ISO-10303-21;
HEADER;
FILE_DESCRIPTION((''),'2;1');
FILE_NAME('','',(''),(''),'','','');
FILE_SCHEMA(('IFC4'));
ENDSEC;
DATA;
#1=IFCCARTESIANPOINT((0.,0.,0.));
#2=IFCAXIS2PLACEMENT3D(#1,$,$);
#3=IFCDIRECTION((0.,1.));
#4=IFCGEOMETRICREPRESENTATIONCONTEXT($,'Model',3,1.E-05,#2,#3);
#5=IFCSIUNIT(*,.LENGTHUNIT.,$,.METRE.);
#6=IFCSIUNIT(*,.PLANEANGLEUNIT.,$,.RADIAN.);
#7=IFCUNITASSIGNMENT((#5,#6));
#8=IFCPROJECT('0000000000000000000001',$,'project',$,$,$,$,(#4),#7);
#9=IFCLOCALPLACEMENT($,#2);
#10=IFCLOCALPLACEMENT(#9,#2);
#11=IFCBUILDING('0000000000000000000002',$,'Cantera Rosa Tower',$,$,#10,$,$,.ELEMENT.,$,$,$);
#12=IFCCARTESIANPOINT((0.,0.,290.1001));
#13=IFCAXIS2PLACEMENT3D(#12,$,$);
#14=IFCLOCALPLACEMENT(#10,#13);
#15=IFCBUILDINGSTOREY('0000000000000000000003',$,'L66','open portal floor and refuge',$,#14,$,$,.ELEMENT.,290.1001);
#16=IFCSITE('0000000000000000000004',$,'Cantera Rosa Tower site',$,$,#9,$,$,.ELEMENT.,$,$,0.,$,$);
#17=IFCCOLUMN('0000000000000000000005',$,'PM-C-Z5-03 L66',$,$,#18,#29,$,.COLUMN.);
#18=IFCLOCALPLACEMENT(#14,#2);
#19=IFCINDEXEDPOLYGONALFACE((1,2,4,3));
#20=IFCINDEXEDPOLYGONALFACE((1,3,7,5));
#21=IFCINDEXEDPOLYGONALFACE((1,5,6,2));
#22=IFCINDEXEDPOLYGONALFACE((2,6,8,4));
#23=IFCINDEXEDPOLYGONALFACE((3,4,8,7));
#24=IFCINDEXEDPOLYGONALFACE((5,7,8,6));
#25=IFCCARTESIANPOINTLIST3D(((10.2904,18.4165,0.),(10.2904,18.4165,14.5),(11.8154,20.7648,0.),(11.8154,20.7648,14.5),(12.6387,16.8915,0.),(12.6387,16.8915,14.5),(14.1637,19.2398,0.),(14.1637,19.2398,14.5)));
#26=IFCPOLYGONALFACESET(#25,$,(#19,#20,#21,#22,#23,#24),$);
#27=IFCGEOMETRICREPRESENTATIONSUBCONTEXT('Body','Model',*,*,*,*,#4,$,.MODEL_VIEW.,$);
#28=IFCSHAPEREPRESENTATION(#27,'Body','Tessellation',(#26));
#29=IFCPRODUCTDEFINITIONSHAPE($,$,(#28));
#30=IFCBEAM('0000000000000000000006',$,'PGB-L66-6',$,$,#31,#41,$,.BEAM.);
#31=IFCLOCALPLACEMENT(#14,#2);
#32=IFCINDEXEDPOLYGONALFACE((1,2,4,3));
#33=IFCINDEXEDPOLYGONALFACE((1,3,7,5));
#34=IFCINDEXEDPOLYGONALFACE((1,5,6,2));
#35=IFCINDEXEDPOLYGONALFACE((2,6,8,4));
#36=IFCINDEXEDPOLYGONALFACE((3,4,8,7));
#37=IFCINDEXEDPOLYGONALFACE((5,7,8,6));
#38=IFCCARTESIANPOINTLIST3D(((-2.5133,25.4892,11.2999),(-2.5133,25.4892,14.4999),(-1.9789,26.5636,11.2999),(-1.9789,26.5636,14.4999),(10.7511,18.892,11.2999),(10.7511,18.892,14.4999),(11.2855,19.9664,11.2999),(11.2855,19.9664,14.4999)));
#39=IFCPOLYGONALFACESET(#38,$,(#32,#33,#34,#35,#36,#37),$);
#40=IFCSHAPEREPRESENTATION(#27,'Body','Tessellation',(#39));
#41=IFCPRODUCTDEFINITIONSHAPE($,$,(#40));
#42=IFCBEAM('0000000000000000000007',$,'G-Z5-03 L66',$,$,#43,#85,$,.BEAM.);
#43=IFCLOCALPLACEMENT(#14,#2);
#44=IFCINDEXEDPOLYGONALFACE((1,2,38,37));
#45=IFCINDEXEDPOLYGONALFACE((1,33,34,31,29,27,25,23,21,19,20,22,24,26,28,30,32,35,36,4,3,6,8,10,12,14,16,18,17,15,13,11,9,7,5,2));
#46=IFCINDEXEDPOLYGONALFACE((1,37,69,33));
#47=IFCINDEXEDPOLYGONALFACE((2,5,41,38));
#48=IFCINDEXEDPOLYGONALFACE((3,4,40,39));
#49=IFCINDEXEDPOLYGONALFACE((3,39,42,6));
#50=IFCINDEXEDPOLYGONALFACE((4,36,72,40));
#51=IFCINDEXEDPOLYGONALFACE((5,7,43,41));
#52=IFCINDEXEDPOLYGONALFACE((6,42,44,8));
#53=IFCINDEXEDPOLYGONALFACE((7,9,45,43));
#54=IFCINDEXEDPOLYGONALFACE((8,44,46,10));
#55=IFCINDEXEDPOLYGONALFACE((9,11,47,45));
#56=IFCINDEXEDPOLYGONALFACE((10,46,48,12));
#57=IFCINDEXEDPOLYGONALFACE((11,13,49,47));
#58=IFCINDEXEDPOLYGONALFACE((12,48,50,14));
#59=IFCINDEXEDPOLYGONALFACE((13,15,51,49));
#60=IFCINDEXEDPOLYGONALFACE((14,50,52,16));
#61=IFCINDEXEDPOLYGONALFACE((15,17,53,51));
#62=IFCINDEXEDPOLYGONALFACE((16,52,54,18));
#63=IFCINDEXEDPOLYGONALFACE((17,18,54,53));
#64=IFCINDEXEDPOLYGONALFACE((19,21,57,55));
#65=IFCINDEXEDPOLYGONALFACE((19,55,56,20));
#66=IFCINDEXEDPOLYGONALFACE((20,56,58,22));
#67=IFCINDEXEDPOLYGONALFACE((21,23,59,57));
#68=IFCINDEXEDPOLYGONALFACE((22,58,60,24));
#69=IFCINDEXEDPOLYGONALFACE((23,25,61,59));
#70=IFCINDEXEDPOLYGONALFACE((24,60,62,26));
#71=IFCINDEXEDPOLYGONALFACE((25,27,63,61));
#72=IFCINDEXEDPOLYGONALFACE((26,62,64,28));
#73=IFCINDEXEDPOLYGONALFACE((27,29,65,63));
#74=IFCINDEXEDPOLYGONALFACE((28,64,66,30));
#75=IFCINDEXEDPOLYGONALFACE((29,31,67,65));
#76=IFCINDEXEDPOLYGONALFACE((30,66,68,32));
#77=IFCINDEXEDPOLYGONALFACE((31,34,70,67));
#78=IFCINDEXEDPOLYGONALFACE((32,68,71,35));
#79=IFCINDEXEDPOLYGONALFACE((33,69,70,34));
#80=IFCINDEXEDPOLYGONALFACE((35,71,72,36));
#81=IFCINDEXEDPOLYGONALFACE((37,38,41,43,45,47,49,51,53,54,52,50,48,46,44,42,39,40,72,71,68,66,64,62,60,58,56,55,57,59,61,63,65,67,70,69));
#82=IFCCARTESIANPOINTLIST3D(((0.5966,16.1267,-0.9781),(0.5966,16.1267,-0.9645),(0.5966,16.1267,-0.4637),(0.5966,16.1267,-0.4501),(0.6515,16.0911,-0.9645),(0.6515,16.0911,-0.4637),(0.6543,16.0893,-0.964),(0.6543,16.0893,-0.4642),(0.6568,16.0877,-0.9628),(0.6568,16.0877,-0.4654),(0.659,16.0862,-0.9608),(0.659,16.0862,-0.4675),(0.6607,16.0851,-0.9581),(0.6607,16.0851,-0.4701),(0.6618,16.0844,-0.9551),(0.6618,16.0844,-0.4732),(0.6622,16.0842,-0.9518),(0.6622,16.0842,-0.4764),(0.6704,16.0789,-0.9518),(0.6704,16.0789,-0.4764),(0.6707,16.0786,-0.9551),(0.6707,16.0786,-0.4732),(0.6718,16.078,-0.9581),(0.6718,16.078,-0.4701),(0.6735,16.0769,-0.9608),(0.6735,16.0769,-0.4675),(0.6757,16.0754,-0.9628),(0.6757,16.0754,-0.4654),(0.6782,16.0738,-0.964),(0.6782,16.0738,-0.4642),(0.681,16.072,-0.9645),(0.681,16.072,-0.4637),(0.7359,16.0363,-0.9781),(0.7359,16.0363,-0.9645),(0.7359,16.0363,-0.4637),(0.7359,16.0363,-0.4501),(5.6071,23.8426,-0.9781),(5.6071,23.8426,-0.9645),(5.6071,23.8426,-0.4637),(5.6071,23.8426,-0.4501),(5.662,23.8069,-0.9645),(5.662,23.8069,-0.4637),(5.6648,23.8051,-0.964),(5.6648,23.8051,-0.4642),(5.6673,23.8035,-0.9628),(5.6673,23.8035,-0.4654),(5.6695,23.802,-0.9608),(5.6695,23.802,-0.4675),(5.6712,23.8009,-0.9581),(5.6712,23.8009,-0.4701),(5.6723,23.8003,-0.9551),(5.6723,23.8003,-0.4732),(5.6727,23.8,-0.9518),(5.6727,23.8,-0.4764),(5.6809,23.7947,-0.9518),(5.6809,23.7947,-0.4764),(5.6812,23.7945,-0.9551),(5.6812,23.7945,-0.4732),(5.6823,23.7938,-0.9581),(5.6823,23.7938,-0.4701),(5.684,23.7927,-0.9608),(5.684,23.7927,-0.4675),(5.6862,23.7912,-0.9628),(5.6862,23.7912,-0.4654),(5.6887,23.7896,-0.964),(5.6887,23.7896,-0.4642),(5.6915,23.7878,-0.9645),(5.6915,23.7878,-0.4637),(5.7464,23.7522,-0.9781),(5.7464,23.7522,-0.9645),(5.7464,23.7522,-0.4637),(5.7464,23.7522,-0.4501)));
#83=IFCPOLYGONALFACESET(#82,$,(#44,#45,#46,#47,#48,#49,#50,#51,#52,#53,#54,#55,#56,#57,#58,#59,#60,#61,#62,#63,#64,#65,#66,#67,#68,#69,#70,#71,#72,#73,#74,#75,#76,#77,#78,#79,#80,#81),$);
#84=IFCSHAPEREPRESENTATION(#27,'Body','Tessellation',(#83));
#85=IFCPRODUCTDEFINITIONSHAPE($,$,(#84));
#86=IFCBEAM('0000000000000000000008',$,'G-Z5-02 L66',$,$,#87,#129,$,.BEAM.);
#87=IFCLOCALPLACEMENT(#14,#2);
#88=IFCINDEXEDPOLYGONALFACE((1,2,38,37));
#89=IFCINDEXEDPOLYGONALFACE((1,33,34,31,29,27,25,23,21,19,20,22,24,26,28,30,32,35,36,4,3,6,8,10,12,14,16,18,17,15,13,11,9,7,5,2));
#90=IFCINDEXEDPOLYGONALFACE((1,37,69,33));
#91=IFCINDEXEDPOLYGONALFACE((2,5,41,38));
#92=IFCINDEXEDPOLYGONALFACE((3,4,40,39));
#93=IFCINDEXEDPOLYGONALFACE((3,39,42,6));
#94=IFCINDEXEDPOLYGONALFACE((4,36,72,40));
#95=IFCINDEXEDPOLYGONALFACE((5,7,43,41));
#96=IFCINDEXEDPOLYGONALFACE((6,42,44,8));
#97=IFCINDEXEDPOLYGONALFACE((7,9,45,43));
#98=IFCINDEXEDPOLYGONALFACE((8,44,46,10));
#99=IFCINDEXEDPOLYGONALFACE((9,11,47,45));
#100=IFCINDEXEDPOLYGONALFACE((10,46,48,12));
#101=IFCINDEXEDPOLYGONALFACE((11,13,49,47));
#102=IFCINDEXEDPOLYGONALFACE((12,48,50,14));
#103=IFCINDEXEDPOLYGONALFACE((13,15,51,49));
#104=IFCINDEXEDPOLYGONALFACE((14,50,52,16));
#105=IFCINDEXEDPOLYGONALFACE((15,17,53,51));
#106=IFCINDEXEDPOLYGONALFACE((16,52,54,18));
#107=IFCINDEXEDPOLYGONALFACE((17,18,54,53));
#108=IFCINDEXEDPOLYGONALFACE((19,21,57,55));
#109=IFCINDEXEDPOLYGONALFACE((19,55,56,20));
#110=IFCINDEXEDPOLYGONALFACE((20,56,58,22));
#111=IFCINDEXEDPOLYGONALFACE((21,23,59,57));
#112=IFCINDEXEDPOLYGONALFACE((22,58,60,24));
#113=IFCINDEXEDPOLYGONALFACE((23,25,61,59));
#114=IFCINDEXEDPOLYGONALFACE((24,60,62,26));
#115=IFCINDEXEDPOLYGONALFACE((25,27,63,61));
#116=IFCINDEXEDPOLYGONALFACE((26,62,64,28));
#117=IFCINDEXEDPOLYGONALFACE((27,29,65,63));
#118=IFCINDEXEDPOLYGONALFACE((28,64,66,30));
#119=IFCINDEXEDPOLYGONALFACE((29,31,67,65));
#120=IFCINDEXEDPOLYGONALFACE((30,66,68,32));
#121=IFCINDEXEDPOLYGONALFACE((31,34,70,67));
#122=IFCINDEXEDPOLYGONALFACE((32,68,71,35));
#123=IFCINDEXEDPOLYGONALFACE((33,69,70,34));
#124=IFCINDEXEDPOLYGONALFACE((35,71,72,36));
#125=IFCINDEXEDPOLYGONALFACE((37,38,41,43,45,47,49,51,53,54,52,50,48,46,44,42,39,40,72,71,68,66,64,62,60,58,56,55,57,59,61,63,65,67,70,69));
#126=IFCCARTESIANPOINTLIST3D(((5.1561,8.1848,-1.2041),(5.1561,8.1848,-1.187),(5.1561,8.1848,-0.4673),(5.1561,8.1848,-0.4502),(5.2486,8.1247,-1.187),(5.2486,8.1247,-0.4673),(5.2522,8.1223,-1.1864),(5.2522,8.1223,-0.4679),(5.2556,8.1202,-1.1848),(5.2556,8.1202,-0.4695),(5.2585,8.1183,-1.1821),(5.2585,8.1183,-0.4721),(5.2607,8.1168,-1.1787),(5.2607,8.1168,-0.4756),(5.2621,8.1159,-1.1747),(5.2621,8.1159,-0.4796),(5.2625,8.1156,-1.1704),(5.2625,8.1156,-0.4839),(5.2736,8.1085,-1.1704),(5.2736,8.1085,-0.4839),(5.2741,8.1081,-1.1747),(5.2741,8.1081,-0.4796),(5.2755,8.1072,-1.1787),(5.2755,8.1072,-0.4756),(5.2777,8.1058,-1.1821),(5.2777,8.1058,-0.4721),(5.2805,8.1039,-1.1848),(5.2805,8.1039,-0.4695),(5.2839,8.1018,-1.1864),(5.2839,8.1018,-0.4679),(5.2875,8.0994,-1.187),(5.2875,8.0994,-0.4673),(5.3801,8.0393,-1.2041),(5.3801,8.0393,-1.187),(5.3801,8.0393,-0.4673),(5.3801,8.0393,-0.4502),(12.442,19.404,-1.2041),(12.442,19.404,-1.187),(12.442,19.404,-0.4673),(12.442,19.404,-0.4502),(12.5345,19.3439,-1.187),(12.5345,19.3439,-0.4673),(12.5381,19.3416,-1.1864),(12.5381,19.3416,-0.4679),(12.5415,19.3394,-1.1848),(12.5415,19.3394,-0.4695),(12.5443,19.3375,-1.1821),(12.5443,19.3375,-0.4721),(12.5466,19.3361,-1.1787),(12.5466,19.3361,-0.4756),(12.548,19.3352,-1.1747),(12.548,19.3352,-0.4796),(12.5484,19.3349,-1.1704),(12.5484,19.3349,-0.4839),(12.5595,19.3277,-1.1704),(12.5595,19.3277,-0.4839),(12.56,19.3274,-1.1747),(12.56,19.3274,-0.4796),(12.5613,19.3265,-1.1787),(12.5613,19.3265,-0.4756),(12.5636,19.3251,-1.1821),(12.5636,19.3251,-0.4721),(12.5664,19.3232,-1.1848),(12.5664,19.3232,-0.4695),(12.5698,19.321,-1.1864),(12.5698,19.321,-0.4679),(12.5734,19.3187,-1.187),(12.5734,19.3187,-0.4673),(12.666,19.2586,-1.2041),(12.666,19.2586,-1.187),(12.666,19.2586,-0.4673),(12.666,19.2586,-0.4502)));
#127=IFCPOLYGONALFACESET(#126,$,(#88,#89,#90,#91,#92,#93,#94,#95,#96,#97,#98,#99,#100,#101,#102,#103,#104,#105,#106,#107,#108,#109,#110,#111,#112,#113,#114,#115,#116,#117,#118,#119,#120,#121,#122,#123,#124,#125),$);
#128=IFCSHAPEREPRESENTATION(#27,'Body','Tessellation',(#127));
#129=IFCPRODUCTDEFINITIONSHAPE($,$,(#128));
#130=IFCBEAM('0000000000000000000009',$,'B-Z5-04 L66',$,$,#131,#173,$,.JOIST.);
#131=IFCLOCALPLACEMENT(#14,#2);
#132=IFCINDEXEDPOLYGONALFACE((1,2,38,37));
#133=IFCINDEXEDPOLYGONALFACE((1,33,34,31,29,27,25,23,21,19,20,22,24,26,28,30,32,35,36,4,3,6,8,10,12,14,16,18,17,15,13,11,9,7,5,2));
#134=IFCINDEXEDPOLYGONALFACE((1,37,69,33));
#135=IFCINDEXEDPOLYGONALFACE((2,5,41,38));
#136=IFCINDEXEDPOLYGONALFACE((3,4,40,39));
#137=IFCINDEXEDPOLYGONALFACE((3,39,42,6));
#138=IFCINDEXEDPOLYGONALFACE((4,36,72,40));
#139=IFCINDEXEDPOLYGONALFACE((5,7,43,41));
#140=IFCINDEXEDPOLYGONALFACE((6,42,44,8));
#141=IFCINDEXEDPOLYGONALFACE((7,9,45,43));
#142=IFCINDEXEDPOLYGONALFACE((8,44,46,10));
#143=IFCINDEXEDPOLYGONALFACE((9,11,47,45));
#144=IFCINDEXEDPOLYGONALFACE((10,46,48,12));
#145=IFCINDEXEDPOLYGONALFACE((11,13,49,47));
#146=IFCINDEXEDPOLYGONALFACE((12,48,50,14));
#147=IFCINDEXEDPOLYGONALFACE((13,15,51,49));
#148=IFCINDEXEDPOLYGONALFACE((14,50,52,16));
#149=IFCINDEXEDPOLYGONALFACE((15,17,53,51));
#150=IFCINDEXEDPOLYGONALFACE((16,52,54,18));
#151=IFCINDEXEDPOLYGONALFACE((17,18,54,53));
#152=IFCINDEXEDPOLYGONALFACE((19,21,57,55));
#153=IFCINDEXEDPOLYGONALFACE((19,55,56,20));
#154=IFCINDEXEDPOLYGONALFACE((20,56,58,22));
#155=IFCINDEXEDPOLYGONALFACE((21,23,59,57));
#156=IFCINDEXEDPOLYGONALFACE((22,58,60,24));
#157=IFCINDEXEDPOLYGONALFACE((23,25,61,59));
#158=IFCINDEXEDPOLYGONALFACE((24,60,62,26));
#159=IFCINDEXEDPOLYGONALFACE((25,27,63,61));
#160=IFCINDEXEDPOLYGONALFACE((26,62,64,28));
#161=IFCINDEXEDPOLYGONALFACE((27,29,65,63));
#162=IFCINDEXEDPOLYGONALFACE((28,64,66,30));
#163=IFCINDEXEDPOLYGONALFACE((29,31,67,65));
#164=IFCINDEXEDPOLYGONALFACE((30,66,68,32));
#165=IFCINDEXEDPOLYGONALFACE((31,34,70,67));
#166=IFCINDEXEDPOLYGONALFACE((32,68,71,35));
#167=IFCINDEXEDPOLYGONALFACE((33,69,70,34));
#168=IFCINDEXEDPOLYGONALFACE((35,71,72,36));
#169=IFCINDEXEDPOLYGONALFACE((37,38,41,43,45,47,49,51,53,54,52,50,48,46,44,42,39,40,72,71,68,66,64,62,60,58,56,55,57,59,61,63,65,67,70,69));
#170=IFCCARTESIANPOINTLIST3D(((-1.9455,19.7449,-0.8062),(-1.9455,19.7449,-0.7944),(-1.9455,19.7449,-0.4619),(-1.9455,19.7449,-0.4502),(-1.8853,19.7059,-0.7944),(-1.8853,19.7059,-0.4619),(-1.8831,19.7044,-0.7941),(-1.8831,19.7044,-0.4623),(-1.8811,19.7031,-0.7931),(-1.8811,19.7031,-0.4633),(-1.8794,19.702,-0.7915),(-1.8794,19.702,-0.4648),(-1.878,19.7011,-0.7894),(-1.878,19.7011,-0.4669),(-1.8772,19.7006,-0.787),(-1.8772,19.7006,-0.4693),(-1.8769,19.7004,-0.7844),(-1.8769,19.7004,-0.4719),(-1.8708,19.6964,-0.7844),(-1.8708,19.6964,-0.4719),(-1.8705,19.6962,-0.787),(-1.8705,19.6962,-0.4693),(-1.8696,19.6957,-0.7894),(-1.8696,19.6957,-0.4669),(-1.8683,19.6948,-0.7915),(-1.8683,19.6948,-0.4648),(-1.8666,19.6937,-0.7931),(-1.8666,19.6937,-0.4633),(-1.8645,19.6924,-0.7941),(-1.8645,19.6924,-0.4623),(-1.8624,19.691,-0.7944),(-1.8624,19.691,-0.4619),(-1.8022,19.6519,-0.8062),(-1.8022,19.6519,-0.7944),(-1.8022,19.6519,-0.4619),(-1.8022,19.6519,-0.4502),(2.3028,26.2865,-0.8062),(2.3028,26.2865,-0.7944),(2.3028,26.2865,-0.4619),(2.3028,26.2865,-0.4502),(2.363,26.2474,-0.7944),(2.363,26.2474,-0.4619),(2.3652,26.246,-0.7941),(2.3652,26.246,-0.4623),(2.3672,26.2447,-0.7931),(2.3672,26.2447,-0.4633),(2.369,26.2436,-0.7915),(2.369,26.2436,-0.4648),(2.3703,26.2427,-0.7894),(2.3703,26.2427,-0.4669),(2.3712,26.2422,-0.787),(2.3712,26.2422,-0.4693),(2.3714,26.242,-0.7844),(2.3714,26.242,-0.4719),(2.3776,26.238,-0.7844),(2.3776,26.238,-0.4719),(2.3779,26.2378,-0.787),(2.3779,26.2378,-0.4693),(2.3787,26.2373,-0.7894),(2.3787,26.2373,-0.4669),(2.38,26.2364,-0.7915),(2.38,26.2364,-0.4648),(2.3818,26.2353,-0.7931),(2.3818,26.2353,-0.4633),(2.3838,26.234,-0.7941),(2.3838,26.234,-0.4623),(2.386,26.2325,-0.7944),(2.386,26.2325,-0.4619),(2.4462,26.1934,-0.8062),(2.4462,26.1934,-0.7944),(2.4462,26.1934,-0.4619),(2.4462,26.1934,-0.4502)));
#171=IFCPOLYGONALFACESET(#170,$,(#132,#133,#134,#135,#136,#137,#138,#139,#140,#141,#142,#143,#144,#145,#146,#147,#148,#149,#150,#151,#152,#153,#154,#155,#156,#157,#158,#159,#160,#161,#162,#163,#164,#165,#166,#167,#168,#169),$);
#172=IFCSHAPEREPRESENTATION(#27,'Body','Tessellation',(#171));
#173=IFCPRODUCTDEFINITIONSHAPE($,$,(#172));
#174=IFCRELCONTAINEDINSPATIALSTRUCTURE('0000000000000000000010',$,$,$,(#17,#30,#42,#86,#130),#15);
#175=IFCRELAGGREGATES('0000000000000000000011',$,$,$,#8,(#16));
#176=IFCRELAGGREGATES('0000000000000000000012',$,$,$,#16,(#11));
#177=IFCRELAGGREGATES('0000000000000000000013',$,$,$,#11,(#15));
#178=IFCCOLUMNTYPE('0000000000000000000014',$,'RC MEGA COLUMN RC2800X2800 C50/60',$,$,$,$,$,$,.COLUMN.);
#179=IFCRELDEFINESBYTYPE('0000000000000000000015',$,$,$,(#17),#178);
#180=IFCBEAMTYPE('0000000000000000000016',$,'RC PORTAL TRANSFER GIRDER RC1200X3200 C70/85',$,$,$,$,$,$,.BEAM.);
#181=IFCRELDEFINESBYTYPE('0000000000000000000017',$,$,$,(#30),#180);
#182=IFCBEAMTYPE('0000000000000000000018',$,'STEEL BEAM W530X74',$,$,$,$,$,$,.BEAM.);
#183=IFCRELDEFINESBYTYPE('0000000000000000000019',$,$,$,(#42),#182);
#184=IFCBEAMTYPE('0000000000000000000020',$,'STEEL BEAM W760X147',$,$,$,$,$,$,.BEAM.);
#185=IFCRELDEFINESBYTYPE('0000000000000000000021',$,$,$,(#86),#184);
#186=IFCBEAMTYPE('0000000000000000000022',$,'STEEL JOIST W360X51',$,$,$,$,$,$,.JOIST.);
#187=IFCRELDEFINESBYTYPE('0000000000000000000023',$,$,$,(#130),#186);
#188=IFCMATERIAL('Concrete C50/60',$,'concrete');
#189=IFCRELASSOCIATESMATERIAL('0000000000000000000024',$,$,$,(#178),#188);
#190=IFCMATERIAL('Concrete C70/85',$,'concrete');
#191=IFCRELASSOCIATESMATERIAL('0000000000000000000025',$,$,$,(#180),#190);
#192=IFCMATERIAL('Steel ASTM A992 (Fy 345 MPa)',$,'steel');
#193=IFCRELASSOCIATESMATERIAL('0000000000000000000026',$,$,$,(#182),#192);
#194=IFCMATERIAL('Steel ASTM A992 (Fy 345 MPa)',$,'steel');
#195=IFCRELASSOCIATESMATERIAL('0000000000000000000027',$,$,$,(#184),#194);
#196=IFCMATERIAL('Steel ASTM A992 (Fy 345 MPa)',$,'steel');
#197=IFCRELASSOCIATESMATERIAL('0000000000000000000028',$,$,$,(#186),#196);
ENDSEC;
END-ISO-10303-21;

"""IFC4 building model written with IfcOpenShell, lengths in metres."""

from ifc_helpers import new_model, si_unit, direction, frame, origin, origin_2d, place, context, subcontext, project, spatial, rectangle, i_section, extrude, material, material_profile, profile_set, type_object, element, save


model = new_model("IFC4")

# Units and contexts
model_context = context("Model", 3, precision=1e-05, world=origin(), true_north=direction((0.0, 1.0)))
body_context = subcontext(model_context, "Body", "Model", "MODEL_VIEW")
ifc_project = project(units=[si_unit("LENGTHUNIT", "METRE"), si_unit("PLANEANGLEUNIT", "RADIAN")], contexts=[model_context])

# Site, building, storey
site_placement = place(None, origin())
site = spatial("IfcSite", under=ifc_project, at=site_placement, Name="Cantera Rosa Tower site", CompositionType="ELEMENT", RefElevation=0.0)
building_placement = place(site_placement, origin())
building = spatial("IfcBuilding", under=site, at=building_placement, Name="Cantera Rosa Tower", CompositionType="ELEMENT")
storey_placement = place(building_placement, frame((0.0, 0.0, 290.1001)))
storey = spatial("IfcBuildingStorey", under=building, at=storey_placement, Name="L66", Description="open portal floor and refuge", CompositionType="ELEMENT", Elevation=290.1001)

# Column
ifc_material_1 = material(Name="Concrete C50/60", Category="concrete")
ifc_material_profile_1 = material_profile(ifc_material_1, rectangle(XDim=2.8, YDim=2.8, at=origin_2d()), Name="RC MEGA COLUMN RC2800X2800 C50/60")
ifc_profile_set_1 = profile_set([ifc_material_profile_1], Name="Concrete C50/60")
column_type = type_object("IfcColumnType", Name="RC MEGA COLUMN RC2800X2800 C50/60", PredefinedType="COLUMN", material=ifc_profile_set_1)
column_placement = place(storey_placement, frame((12.2271, 18.8281, 0.0), z_axis=(0.0, 0.0, 1.0), x_axis=(0.544639, 0.838671, 0.0)))
element("IfcColumn", 1, at=column_placement, inside=storey, type_object=column_type, Name="PM-C-Z5-03 L66", PredefinedType="COLUMN", context=body_context, shape_type="SweptSolid", body=[
    extrude(rectangle(XDim=2.8, YDim=2.8, at=origin_2d()), origin(), (0.0, 0.0, 1.0), 14.5),
])

# Beams
ifc_material_2 = material(Name="Concrete C70/85", Category="concrete")
ifc_material_profile_2 = material_profile(ifc_material_2, rectangle(XDim=1.2, YDim=3.2, at=origin_2d()), Name="RC PORTAL TRANSFER GIRDER RC1200X3200 C70/85")
ifc_profile_set_2 = profile_set([ifc_material_profile_2], Name="Concrete C70/85")
beam_type_1 = type_object("IfcBeamType", Name="RC PORTAL TRANSFER GIRDER RC1200X3200 C70/85", PredefinedType="BEAM", material=ifc_profile_set_2)
beam_1_placement = place(storey_placement, frame((11.0183, 19.4292, 12.8999), z_axis=(-0.895371, 0.445321, 0.0), x_axis=(-0.445321, -0.895371, 0.0)))
element("IfcBeam", 2, at=beam_1_placement, inside=storey, type_object=beam_type_1, Name="PGB-L66-6", PredefinedType="BEAM", context=body_context, shape_type="SweptSolid", body=[
    extrude(rectangle(XDim=1.2, YDim=3.2, at=origin_2d()), origin(), (0.0, 0.0, 1.0), 14.8145),
])
ifc_material_3 = material(Name="Steel ASTM A992 (Fy 345 MPa)", Category="steel")
ifc_material_profile_3 = material_profile(ifc_material_3, i_section(OverallWidth=0.166, OverallDepth=0.5281, WebThickness=0.0098, FlangeThickness=0.0137, FilletRadius=0.0127, at=origin_2d()), Name="W530X74")
ifc_profile_set_3 = profile_set([ifc_material_profile_3], Name="Steel ASTM A992 (Fy 345 MPa)")
beam_type_2 = type_object("IfcBeamType", Name="STEEL BEAM W530X74", PredefinedType="BEAM", material=ifc_profile_set_3)
beam_2_placement = place(storey_placement, frame((5.6768, 23.7974, -0.7141), z_axis=(-0.544623, -0.838681, 0.0), x_axis=(0.838681, -0.544623, 0.0)))
element("IfcBeam", 3, at=beam_2_placement, inside=storey, type_object=beam_type_2, Name="G-Z5-03 L66", PredefinedType="BEAM", context=body_context, shape_type="SweptSolid", body=[
    extrude(i_section(OverallWidth=0.166, OverallDepth=0.5281, WebThickness=0.0098, FlangeThickness=0.0137, FilletRadius=0.0127, at=origin_2d()), origin(), (0.0, 0.0, 1.0), 9.2),
])
ifc_material_4 = material(Name="Steel ASTM A992 (Fy 345 MPa)", Category="steel")
ifc_material_profile_4 = material_profile(ifc_material_4, i_section(OverallWidth=0.2671, OverallDepth=0.7539, WebThickness=0.0132, FlangeThickness=0.0171, FilletRadius=0.0166, at=origin_2d()), Name="W760X147")
ifc_profile_set_4 = profile_set([ifc_material_profile_4], Name="Steel ASTM A992 (Fy 345 MPa)")
beam_type_3 = type_object("IfcBeamType", Name="STEEL BEAM W760X147", PredefinedType="BEAM", material=ifc_profile_set_4)
beam_3_placement = place(storey_placement, frame((12.554, 19.3313, -0.8271), z_axis=(-0.544641, -0.83867, 0.0), x_axis=(0.83867, -0.544641, 0.0)))
element("IfcBeam", 4, at=beam_3_placement, inside=storey, type_object=beam_type_3, Name="G-Z5-02 L66", PredefinedType="BEAM", context=body_context, shape_type="SweptSolid", body=[
    extrude(i_section(OverallWidth=0.2671, OverallDepth=0.7539, WebThickness=0.0132, FlangeThickness=0.0171, FilletRadius=0.0166, at=origin_2d()), origin(), (0.0, 0.0, 1.0), 13.3774),
])
ifc_material_5 = material(Name="Steel ASTM A992 (Fy 345 MPa)", Category="steel")
ifc_material_profile_5 = material_profile(ifc_material_5, i_section(OverallWidth=0.1709, OverallDepth=0.356, WebThickness=0.0073, FlangeThickness=0.0117, FilletRadius=0.01, at=origin_2d()), Name="W360X51")
ifc_profile_set_5 = profile_set([ifc_material_profile_5], Name="Steel ASTM A992 (Fy 345 MPa)")
beam_type_4 = type_object("IfcBeamType", Name="STEEL JOIST W360X51", PredefinedType="JOIST", material=ifc_profile_set_5)
beam_4_placement = place(storey_placement, frame((2.3745, 26.24, -0.6282), z_axis=(-0.544656, -0.83866, 0.0), x_axis=(0.83866, -0.544656, 0.0)))
element("IfcBeam", 5, at=beam_4_placement, inside=storey, type_object=beam_type_4, Name="B-Z5-04 L66", PredefinedType="JOIST", context=body_context, shape_type="SweptSolid", body=[
    extrude(i_section(OverallWidth=0.1709, OverallDepth=0.356, WebThickness=0.0073, FlangeThickness=0.0117, FilletRadius=0.01, at=origin_2d()), origin(), (0.0, 0.0, 1.0), 7.8),
])

save(model, "model.ifc")
